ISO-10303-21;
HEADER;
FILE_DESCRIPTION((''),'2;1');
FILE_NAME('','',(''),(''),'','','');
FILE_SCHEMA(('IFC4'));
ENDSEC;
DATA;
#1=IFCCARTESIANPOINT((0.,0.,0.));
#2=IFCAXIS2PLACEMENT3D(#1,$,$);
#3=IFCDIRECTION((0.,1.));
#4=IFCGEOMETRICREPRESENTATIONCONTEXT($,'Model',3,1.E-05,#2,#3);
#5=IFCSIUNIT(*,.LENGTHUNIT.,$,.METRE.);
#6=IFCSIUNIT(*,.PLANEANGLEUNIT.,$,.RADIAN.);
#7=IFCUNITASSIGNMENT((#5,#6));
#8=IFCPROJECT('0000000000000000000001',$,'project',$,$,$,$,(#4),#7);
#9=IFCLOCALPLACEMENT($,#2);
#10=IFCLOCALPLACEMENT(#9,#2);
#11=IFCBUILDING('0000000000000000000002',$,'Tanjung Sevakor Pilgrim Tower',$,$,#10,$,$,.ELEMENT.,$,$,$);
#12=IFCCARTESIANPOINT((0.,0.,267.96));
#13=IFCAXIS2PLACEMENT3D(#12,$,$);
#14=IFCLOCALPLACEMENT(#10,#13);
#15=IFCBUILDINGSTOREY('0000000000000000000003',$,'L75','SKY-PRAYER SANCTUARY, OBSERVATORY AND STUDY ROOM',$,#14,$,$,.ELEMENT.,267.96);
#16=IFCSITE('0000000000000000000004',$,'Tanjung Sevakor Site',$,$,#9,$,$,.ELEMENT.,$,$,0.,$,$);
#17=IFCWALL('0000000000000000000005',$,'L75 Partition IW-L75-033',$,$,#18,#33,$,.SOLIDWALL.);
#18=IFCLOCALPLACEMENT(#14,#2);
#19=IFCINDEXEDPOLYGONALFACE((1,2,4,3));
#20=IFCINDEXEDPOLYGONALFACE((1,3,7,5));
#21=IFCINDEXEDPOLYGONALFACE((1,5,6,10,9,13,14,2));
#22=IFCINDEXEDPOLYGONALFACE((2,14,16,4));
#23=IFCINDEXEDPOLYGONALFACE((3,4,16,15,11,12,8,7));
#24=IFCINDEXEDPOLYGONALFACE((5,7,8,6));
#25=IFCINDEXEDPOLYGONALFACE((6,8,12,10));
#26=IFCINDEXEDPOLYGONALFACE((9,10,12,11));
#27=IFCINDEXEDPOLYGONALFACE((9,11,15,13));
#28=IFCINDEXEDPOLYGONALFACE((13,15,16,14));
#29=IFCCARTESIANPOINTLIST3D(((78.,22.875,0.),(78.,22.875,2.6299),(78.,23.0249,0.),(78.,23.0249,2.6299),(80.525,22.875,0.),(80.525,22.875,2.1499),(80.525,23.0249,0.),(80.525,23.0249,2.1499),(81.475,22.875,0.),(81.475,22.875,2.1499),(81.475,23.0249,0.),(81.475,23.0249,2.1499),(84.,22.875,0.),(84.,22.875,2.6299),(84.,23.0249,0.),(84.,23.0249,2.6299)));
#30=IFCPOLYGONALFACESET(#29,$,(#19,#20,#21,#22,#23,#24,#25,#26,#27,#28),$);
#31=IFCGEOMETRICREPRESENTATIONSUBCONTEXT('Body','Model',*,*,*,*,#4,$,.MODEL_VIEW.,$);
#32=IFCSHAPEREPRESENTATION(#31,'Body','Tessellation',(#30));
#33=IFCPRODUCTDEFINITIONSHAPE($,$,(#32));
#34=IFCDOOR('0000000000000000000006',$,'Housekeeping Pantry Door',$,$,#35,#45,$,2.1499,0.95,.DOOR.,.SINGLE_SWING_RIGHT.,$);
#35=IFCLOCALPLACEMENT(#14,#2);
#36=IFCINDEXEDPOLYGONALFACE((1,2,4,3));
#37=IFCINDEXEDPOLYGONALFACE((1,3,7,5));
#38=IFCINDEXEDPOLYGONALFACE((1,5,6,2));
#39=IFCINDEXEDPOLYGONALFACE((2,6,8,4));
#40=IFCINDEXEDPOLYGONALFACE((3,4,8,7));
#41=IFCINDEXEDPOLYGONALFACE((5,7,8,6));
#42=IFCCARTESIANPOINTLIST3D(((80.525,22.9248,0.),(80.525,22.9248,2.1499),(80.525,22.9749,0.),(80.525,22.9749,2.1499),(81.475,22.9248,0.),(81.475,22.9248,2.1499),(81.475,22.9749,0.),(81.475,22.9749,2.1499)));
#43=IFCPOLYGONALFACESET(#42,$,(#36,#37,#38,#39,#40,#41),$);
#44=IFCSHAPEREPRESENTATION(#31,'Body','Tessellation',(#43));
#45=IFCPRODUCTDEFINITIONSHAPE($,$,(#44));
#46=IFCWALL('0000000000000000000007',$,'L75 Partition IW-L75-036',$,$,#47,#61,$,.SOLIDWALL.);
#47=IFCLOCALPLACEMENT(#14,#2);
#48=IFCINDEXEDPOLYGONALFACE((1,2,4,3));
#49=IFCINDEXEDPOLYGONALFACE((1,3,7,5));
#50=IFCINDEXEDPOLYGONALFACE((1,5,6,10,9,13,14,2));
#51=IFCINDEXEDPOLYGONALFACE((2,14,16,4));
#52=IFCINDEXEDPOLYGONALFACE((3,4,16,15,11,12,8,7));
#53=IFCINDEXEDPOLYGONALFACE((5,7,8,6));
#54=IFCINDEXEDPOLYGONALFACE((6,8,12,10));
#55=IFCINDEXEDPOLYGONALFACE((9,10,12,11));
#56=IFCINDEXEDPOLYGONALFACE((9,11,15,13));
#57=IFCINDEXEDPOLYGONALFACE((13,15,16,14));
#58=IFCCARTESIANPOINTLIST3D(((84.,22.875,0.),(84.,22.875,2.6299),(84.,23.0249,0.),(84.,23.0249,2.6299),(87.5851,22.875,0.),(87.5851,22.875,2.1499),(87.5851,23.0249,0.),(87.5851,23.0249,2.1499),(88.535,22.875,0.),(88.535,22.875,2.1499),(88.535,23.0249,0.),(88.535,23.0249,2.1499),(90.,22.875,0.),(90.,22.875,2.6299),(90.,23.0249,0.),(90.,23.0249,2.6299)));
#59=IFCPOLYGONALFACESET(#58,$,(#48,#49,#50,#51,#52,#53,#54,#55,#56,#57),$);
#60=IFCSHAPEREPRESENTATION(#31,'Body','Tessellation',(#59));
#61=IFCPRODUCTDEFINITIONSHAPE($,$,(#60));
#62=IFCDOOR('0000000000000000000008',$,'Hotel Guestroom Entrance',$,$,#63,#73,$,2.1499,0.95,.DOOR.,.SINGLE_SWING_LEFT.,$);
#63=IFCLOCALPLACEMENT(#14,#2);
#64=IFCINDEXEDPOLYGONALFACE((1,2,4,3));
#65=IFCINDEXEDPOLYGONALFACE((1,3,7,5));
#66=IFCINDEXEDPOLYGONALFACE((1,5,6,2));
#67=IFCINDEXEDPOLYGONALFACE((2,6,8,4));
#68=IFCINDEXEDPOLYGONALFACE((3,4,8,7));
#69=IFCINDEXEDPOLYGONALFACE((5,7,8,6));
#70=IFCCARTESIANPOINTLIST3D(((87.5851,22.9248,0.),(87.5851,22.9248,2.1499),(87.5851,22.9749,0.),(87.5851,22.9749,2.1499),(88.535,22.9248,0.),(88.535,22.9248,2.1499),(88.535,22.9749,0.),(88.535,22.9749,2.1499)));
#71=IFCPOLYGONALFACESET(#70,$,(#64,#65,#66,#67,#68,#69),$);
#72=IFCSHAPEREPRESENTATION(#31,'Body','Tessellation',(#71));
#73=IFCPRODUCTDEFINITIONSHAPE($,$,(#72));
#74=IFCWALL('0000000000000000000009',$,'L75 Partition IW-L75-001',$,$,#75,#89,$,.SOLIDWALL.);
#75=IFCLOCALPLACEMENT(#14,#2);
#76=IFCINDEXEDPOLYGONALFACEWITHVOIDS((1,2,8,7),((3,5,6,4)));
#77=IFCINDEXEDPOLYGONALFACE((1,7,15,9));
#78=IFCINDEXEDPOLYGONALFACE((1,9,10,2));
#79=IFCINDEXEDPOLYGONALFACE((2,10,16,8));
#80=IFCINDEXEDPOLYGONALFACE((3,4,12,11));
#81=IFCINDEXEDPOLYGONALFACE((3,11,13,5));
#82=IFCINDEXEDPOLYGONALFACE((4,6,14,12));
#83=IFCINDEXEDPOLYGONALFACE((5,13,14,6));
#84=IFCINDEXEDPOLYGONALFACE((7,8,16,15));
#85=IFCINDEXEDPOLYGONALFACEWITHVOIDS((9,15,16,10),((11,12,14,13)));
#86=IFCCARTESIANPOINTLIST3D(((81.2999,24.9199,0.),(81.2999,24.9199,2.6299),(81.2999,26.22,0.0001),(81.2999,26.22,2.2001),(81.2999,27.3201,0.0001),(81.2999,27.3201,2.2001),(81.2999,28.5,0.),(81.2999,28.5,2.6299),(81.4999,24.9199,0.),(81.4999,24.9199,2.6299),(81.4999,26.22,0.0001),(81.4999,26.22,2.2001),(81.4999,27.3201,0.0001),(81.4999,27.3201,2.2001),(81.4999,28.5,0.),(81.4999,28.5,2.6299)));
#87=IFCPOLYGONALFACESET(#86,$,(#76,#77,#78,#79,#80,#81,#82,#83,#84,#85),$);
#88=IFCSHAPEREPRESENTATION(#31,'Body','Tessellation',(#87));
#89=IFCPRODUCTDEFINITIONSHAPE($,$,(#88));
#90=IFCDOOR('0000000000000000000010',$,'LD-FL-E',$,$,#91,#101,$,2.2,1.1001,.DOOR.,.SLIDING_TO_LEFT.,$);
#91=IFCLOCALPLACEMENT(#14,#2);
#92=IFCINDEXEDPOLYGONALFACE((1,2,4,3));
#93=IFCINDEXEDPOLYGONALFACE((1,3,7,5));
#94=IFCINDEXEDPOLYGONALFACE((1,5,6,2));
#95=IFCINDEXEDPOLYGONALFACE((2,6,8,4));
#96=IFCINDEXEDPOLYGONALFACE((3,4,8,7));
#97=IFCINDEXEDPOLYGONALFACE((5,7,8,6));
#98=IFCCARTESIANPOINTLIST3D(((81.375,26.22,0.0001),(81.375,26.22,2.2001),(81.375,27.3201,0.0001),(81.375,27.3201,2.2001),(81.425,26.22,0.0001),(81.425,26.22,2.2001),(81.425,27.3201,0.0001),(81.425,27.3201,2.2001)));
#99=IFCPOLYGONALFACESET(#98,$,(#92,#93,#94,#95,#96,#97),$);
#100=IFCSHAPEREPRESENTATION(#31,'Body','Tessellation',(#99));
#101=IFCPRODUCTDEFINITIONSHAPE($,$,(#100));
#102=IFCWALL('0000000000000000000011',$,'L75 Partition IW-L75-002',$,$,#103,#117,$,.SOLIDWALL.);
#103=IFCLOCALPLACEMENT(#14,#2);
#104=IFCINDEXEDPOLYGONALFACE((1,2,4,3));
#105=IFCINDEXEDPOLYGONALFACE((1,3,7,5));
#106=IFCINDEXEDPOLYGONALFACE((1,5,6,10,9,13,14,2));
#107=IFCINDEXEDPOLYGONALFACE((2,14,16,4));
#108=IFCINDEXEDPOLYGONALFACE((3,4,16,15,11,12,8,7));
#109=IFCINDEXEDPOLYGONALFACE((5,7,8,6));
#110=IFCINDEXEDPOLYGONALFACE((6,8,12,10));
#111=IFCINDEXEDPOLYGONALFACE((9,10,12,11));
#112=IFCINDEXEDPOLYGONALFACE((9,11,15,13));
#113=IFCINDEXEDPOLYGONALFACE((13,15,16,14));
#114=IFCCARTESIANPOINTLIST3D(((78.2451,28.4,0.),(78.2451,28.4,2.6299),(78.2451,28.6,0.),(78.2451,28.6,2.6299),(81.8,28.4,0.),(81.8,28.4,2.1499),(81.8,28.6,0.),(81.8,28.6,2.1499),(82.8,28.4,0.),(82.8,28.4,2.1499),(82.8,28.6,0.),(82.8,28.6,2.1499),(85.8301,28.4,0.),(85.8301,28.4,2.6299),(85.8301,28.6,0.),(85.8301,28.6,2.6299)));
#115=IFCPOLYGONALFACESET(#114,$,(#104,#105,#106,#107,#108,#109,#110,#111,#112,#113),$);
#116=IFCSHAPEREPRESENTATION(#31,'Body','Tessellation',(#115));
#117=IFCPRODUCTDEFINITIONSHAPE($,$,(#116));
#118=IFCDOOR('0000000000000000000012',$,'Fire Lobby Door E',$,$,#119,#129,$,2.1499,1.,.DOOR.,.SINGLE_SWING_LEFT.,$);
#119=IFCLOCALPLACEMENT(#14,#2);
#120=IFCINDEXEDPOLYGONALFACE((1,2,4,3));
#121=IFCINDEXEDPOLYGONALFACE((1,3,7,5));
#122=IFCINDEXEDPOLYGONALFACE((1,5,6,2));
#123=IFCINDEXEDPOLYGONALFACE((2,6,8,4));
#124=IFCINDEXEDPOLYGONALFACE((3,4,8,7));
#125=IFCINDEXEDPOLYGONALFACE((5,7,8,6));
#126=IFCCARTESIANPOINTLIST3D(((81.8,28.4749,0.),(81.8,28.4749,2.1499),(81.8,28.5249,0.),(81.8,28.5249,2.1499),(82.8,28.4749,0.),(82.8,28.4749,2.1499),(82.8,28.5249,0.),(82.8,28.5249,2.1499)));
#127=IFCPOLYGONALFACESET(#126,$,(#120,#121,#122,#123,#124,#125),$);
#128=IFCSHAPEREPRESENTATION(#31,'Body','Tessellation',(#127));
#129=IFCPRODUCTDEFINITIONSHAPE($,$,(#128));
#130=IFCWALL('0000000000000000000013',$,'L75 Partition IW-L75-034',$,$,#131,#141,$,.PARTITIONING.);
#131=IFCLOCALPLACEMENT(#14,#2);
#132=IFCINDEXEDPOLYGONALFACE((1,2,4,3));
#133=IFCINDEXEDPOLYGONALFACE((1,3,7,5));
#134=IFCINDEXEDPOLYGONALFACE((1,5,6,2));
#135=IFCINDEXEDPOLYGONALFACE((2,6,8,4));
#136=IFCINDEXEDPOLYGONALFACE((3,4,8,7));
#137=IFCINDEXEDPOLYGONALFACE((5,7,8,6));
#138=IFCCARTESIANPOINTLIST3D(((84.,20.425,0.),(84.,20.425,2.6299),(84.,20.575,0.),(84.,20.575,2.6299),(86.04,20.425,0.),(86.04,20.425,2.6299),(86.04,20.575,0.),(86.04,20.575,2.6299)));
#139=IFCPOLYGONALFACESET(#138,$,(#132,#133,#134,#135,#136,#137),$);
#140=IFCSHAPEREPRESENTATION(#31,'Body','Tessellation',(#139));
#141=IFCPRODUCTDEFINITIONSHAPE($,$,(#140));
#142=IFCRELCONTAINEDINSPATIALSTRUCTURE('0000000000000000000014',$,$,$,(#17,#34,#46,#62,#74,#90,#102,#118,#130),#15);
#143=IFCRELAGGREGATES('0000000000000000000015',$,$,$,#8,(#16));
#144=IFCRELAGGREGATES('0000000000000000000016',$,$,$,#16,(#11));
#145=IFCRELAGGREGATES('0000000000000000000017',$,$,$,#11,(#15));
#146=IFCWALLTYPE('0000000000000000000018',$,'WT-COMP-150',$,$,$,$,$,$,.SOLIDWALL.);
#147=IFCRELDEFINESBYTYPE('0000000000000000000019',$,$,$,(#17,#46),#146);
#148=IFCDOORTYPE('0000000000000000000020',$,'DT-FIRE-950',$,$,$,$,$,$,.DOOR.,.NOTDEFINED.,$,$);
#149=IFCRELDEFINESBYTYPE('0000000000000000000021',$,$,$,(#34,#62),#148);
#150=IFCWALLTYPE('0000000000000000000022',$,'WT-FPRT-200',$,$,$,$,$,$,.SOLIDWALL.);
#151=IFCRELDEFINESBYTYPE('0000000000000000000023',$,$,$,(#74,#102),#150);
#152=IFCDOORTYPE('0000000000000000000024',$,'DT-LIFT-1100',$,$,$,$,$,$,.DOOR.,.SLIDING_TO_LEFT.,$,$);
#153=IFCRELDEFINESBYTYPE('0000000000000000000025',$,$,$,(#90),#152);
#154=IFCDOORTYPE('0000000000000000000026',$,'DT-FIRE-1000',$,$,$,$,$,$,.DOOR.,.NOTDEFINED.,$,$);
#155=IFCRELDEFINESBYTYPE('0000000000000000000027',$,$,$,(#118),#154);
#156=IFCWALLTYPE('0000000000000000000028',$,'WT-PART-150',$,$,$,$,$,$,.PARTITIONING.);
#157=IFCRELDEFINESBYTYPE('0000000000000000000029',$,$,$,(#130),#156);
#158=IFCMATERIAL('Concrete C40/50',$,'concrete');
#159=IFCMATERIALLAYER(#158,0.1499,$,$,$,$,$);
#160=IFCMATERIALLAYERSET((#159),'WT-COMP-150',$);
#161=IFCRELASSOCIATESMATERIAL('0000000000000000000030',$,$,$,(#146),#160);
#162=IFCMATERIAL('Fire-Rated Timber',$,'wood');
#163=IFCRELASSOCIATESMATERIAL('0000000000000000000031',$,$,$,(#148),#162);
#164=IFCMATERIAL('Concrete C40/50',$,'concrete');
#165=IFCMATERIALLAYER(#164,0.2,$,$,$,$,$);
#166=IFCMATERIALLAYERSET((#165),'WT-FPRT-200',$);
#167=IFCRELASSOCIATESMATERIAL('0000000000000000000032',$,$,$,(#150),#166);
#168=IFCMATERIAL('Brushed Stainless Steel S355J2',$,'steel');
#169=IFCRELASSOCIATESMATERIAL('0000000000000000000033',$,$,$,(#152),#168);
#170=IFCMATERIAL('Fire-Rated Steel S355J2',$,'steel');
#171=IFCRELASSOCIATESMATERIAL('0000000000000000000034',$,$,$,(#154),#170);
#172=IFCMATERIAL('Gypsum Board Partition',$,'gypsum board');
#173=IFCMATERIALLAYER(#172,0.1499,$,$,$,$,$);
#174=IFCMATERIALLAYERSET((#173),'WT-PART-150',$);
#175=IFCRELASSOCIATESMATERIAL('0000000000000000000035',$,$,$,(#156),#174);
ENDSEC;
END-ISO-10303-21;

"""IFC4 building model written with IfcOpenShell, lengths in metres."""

from ifc_helpers import new_model, si_unit, direction, frame, frame_2d, origin, place, context, subcontext, project, spatial, rectangle, extrude, material, layer, layer_set, type_object, element, fill, save


model = new_model("IFC4")

# Units and contexts
model_context = context("Model", 3, precision=1e-05, world=origin(), true_north=direction((0.0, 1.0)))
body_context = subcontext(model_context, "Body", "Model", "MODEL_VIEW")
ifc_project = project(units=[si_unit("LENGTHUNIT", "METRE"), si_unit("PLANEANGLEUNIT", "RADIAN")], contexts=[model_context])

# Site, building, storey
site_placement = place(None, origin())
site = spatial("IfcSite", under=ifc_project, at=site_placement, Name="Tanjung Sevakor Site", CompositionType="ELEMENT", RefElevation=0.0)
building_placement = place(site_placement, origin())
building = spatial("IfcBuilding", under=site, at=building_placement, Name="Tanjung Sevakor Pilgrim Tower", CompositionType="ELEMENT")
storey_placement = place(building_placement, frame((0.0, 0.0, 267.96)))
storey = spatial("IfcBuildingStorey", under=building, at=storey_placement, Name="L75", Description="SKY-PRAYER SANCTUARY, OBSERVATORY AND STUDY ROOM", CompositionType="ELEMENT", Elevation=267.96)

# Shared definitions
ifc_material_1 = material(Name="Concrete C40/50", Category="concrete")
ifc_layer_1 = layer(ifc_material_1, 0.1499)
ifc_layer_set_1 = layer_set([ifc_layer_1], Name="WT-COMP-150")
wall_type_1 = type_object("IfcWallType", Name="WT-COMP-150", PredefinedType="SOLIDWALL", material=ifc_layer_set_1)

# Shared definitions
ifc_material_2 = material(Name="Fire-Rated Timber", Category="wood")
door_type_1 = type_object("IfcDoorType", Name="DT-FIRE-950", OperationType="NOTDEFINED", PredefinedType="DOOR", material=ifc_material_2)

# Walls, openings, doors
wall_1_placement = place(storey_placement, frame((78.0, 22.95, 0.0), z_axis=(0.0, 0.0, 1.0), x_axis=(1.0, 0.0, 0.0)))
wall_1 = element("IfcWall", 1, at=wall_1_placement, inside=storey, type_object=wall_type_1, Name="L75 Partition IW-L75-033", PredefinedType="SOLIDWALL", context=body_context, shape_type="SweptSolid", body=[
    extrude(rectangle(XDim=6.0, YDim=0.1499, at=frame_2d((3.0, 0.0))), origin(), (0.0, 0.0, 1.0), 2.6299),
])
opening_1_placement = place(wall_1_placement, frame((2.5249, 0.0, 0.0)))
opening_1 = element("IfcOpeningElement", 2, at=opening_1_placement, cuts=wall_1, PredefinedType="OPENING", context=body_context, shape_type="SweptSolid", body=[
    extrude(rectangle(XDim=0.95, YDim=2.1499, at=frame_2d((0.4751, 1.075))), frame((0.0, 0.085, 0.0), z_axis=(0.0, -1.0, 0.0), x_axis=(1.0, 0.0, 0.0)), (0.0, 0.0, 1.0), 0.1699),
])
door_1_placement = place(opening_1_placement, origin())
door_1 = element("IfcDoor", 3, at=door_1_placement, inside=storey, type_object=door_type_1, Name="Housekeeping Pantry Door", OperationType="SINGLE_SWING_RIGHT", OverallHeight=2.1499, OverallWidth=0.95, PredefinedType="DOOR", context=body_context, shape_type="SweptSolid", body=[
    extrude(rectangle(XDim=0.95, YDim=2.1499, at=frame_2d((0.4751, 1.075))), frame((0.0, 0.0249, 0.0), z_axis=(0.0, -1.0, 0.0), x_axis=(1.0, 0.0, 0.0)), (0.0, 0.0, 1.0), 0.05),
])
fill(opening_1, door_1)
wall_2_placement = place(storey_placement, frame((84.0, 22.95, 0.0), z_axis=(0.0, 0.0, 1.0), x_axis=(1.0, 0.0, 0.0)))
wall_2 = element("IfcWall", 4, at=wall_2_placement, inside=storey, type_object=wall_type_1, Name="L75 Partition IW-L75-036", PredefinedType="SOLIDWALL", context=body_context, shape_type="SweptSolid", body=[
    extrude(rectangle(XDim=6.0, YDim=0.1499, at=frame_2d((3.0, 0.0))), origin(), (0.0, 0.0, 1.0), 2.6299),
])
opening_2_placement = place(wall_2_placement, frame((3.585, 0.0, 0.0)))
opening_2 = element("IfcOpeningElement", 5, at=opening_2_placement, cuts=wall_2, PredefinedType="OPENING", context=body_context, shape_type="SweptSolid", body=[
    extrude(rectangle(XDim=0.95, YDim=2.1499, at=frame_2d((0.4751, 1.075))), frame((0.0, 0.085, 0.0), z_axis=(0.0, -1.0, 0.0), x_axis=(1.0, 0.0, 0.0)), (0.0, 0.0, 1.0), 0.1699),
])
door_2_placement = place(opening_2_placement, origin())
door_2 = element("IfcDoor", 6, at=door_2_placement, inside=storey, type_object=door_type_1, Name="Hotel Guestroom Entrance", OperationType="SINGLE_SWING_LEFT", OverallHeight=2.1499, OverallWidth=0.95, PredefinedType="DOOR", context=body_context, shape_type="SweptSolid", body=[
    extrude(rectangle(XDim=0.95, YDim=2.1499, at=frame_2d((0.4751, 1.075))), frame((0.0, 0.0249, 0.0), z_axis=(0.0, -1.0, 0.0), x_axis=(1.0, 0.0, 0.0)), (0.0, 0.0, 1.0), 0.05),
])
fill(opening_2, door_2)
ifc_material_3 = material(Name="Concrete C40/50", Category="concrete")
ifc_layer_2 = layer(ifc_material_3, 0.2)
ifc_layer_set_2 = layer_set([ifc_layer_2], Name="WT-FPRT-200")
wall_type_2 = type_object("IfcWallType", Name="WT-FPRT-200", PredefinedType="SOLIDWALL", material=ifc_layer_set_2)
wall_3_placement = place(storey_placement, frame((81.3999, 24.9199, 0.0), z_axis=(0.0, 0.0, 1.0), x_axis=(0.0, 1.0, 0.0)))
wall_3 = element("IfcWall", 7, at=wall_3_placement, inside=storey, type_object=wall_type_2, Name="L75 Partition IW-L75-001", PredefinedType="SOLIDWALL", context=body_context, shape_type="SweptSolid", body=[
    extrude(rectangle(XDim=3.5801, YDim=0.2, at=frame_2d((1.79, 0.0))), origin(), (0.0, 0.0, 1.0), 2.6299),
])
opening_3_placement = place(wall_3_placement, frame((1.3, 0.0, 0.0)))
opening_3 = element("IfcOpeningElement", 8, at=opening_3_placement, cuts=wall_3, PredefinedType="OPENING", context=body_context, shape_type="SweptSolid", body=[
    extrude(rectangle(XDim=1.1001, YDim=2.2, at=frame_2d((0.55, 1.1001))), frame((0.0, 0.1099, 0.0), z_axis=(0.0, -1.0, 0.0), x_axis=(1.0, 0.0, 0.0)), (0.0, 0.0, 1.0), 0.22),
])
ifc_material_4 = material(Name="Brushed Stainless Steel S355J2", Category="steel")
door_type_2 = type_object("IfcDoorType", Name="DT-LIFT-1100", OperationType="SLIDING_TO_LEFT", PredefinedType="DOOR", material=ifc_material_4)
door_3_placement = place(opening_3_placement, origin())
door_3 = element("IfcDoor", 9, at=door_3_placement, inside=storey, type_object=door_type_2, Name="LD-FL-E", OperationType="SLIDING_TO_LEFT", OverallHeight=2.2, OverallWidth=1.1001, PredefinedType="DOOR", context=body_context, shape_type="SweptSolid", body=[
    extrude(rectangle(XDim=1.1001, YDim=2.2, at=frame_2d((0.55, 1.1001))), frame((0.0, 0.0249, 0.0), z_axis=(0.0, -1.0, 0.0), x_axis=(1.0, 0.0, 0.0)), (0.0, 0.0, 1.0), 0.05),
])
fill(opening_3, door_3)
wall_4_placement = place(storey_placement, frame((78.2451, 28.5, 0.0), z_axis=(0.0, 0.0, 1.0), x_axis=(1.0, 0.0, 0.0)))
wall_4 = element("IfcWall", 10, at=wall_4_placement, inside=storey, type_object=wall_type_2, Name="L75 Partition IW-L75-002", PredefinedType="SOLIDWALL", context=body_context, shape_type="SweptSolid", body=[
    extrude(rectangle(XDim=7.585, YDim=0.2, at=frame_2d((3.7925, 0.0))), origin(), (0.0, 0.0, 1.0), 2.6299),
])
opening_4_placement = place(wall_4_placement, frame((3.5549, 0.0, 0.0)))
opening_4 = element("IfcOpeningElement", 11, at=opening_4_placement, cuts=wall_4, PredefinedType="OPENING", context=body_context, shape_type="SweptSolid", body=[
    extrude(rectangle(XDim=1.0, YDim=2.1499, at=frame_2d((0.5, 1.075))), frame((0.0, 0.1099, 0.0), z_axis=(0.0, -1.0, 0.0), x_axis=(1.0, 0.0, 0.0)), (0.0, 0.0, 1.0), 0.22),
])
ifc_material_5 = material(Name="Fire-Rated Steel S355J2", Category="steel")
door_type_3 = type_object("IfcDoorType", Name="DT-FIRE-1000", OperationType="NOTDEFINED", PredefinedType="DOOR", material=ifc_material_5)
door_4_placement = place(opening_4_placement, origin())
door_4 = element("IfcDoor", 12, at=door_4_placement, inside=storey, type_object=door_type_3, Name="Fire Lobby Door E", OperationType="SINGLE_SWING_LEFT", OverallHeight=2.1499, OverallWidth=1.0, PredefinedType="DOOR", context=body_context, shape_type="SweptSolid", body=[
    extrude(rectangle(XDim=1.0, YDim=2.1499, at=frame_2d((0.5, 1.075))), frame((0.0, 0.0249, 0.0), z_axis=(0.0, -1.0, 0.0), x_axis=(1.0, 0.0, 0.0)), (0.0, 0.0, 1.0), 0.05),
])
fill(opening_4, door_4)

# Wall
ifc_material_6 = material(Name="Gypsum Board Partition", Category="gypsum board")
ifc_layer_3 = layer(ifc_material_6, 0.1499)
ifc_layer_set_3 = layer_set([ifc_layer_3], Name="WT-PART-150")
wall_type_3 = type_object("IfcWallType", Name="WT-PART-150", PredefinedType="PARTITIONING", material=ifc_layer_set_3)
wall_5_placement = place(storey_placement, frame((84.0, 20.5, 0.0), z_axis=(0.0, 0.0, 1.0), x_axis=(1.0, 0.0, 0.0)))
element("IfcWall", 13, at=wall_5_placement, inside=storey, type_object=wall_type_3, Name="L75 Partition IW-L75-034", PredefinedType="PARTITIONING", context=body_context, shape_type="SweptSolid", body=[
    extrude(rectangle(XDim=2.04, YDim=0.1499, at=frame_2d((1.02, 0.0))), origin(), (0.0, 0.0, 1.0), 2.6299),
])

save(model, "model.ifc")
